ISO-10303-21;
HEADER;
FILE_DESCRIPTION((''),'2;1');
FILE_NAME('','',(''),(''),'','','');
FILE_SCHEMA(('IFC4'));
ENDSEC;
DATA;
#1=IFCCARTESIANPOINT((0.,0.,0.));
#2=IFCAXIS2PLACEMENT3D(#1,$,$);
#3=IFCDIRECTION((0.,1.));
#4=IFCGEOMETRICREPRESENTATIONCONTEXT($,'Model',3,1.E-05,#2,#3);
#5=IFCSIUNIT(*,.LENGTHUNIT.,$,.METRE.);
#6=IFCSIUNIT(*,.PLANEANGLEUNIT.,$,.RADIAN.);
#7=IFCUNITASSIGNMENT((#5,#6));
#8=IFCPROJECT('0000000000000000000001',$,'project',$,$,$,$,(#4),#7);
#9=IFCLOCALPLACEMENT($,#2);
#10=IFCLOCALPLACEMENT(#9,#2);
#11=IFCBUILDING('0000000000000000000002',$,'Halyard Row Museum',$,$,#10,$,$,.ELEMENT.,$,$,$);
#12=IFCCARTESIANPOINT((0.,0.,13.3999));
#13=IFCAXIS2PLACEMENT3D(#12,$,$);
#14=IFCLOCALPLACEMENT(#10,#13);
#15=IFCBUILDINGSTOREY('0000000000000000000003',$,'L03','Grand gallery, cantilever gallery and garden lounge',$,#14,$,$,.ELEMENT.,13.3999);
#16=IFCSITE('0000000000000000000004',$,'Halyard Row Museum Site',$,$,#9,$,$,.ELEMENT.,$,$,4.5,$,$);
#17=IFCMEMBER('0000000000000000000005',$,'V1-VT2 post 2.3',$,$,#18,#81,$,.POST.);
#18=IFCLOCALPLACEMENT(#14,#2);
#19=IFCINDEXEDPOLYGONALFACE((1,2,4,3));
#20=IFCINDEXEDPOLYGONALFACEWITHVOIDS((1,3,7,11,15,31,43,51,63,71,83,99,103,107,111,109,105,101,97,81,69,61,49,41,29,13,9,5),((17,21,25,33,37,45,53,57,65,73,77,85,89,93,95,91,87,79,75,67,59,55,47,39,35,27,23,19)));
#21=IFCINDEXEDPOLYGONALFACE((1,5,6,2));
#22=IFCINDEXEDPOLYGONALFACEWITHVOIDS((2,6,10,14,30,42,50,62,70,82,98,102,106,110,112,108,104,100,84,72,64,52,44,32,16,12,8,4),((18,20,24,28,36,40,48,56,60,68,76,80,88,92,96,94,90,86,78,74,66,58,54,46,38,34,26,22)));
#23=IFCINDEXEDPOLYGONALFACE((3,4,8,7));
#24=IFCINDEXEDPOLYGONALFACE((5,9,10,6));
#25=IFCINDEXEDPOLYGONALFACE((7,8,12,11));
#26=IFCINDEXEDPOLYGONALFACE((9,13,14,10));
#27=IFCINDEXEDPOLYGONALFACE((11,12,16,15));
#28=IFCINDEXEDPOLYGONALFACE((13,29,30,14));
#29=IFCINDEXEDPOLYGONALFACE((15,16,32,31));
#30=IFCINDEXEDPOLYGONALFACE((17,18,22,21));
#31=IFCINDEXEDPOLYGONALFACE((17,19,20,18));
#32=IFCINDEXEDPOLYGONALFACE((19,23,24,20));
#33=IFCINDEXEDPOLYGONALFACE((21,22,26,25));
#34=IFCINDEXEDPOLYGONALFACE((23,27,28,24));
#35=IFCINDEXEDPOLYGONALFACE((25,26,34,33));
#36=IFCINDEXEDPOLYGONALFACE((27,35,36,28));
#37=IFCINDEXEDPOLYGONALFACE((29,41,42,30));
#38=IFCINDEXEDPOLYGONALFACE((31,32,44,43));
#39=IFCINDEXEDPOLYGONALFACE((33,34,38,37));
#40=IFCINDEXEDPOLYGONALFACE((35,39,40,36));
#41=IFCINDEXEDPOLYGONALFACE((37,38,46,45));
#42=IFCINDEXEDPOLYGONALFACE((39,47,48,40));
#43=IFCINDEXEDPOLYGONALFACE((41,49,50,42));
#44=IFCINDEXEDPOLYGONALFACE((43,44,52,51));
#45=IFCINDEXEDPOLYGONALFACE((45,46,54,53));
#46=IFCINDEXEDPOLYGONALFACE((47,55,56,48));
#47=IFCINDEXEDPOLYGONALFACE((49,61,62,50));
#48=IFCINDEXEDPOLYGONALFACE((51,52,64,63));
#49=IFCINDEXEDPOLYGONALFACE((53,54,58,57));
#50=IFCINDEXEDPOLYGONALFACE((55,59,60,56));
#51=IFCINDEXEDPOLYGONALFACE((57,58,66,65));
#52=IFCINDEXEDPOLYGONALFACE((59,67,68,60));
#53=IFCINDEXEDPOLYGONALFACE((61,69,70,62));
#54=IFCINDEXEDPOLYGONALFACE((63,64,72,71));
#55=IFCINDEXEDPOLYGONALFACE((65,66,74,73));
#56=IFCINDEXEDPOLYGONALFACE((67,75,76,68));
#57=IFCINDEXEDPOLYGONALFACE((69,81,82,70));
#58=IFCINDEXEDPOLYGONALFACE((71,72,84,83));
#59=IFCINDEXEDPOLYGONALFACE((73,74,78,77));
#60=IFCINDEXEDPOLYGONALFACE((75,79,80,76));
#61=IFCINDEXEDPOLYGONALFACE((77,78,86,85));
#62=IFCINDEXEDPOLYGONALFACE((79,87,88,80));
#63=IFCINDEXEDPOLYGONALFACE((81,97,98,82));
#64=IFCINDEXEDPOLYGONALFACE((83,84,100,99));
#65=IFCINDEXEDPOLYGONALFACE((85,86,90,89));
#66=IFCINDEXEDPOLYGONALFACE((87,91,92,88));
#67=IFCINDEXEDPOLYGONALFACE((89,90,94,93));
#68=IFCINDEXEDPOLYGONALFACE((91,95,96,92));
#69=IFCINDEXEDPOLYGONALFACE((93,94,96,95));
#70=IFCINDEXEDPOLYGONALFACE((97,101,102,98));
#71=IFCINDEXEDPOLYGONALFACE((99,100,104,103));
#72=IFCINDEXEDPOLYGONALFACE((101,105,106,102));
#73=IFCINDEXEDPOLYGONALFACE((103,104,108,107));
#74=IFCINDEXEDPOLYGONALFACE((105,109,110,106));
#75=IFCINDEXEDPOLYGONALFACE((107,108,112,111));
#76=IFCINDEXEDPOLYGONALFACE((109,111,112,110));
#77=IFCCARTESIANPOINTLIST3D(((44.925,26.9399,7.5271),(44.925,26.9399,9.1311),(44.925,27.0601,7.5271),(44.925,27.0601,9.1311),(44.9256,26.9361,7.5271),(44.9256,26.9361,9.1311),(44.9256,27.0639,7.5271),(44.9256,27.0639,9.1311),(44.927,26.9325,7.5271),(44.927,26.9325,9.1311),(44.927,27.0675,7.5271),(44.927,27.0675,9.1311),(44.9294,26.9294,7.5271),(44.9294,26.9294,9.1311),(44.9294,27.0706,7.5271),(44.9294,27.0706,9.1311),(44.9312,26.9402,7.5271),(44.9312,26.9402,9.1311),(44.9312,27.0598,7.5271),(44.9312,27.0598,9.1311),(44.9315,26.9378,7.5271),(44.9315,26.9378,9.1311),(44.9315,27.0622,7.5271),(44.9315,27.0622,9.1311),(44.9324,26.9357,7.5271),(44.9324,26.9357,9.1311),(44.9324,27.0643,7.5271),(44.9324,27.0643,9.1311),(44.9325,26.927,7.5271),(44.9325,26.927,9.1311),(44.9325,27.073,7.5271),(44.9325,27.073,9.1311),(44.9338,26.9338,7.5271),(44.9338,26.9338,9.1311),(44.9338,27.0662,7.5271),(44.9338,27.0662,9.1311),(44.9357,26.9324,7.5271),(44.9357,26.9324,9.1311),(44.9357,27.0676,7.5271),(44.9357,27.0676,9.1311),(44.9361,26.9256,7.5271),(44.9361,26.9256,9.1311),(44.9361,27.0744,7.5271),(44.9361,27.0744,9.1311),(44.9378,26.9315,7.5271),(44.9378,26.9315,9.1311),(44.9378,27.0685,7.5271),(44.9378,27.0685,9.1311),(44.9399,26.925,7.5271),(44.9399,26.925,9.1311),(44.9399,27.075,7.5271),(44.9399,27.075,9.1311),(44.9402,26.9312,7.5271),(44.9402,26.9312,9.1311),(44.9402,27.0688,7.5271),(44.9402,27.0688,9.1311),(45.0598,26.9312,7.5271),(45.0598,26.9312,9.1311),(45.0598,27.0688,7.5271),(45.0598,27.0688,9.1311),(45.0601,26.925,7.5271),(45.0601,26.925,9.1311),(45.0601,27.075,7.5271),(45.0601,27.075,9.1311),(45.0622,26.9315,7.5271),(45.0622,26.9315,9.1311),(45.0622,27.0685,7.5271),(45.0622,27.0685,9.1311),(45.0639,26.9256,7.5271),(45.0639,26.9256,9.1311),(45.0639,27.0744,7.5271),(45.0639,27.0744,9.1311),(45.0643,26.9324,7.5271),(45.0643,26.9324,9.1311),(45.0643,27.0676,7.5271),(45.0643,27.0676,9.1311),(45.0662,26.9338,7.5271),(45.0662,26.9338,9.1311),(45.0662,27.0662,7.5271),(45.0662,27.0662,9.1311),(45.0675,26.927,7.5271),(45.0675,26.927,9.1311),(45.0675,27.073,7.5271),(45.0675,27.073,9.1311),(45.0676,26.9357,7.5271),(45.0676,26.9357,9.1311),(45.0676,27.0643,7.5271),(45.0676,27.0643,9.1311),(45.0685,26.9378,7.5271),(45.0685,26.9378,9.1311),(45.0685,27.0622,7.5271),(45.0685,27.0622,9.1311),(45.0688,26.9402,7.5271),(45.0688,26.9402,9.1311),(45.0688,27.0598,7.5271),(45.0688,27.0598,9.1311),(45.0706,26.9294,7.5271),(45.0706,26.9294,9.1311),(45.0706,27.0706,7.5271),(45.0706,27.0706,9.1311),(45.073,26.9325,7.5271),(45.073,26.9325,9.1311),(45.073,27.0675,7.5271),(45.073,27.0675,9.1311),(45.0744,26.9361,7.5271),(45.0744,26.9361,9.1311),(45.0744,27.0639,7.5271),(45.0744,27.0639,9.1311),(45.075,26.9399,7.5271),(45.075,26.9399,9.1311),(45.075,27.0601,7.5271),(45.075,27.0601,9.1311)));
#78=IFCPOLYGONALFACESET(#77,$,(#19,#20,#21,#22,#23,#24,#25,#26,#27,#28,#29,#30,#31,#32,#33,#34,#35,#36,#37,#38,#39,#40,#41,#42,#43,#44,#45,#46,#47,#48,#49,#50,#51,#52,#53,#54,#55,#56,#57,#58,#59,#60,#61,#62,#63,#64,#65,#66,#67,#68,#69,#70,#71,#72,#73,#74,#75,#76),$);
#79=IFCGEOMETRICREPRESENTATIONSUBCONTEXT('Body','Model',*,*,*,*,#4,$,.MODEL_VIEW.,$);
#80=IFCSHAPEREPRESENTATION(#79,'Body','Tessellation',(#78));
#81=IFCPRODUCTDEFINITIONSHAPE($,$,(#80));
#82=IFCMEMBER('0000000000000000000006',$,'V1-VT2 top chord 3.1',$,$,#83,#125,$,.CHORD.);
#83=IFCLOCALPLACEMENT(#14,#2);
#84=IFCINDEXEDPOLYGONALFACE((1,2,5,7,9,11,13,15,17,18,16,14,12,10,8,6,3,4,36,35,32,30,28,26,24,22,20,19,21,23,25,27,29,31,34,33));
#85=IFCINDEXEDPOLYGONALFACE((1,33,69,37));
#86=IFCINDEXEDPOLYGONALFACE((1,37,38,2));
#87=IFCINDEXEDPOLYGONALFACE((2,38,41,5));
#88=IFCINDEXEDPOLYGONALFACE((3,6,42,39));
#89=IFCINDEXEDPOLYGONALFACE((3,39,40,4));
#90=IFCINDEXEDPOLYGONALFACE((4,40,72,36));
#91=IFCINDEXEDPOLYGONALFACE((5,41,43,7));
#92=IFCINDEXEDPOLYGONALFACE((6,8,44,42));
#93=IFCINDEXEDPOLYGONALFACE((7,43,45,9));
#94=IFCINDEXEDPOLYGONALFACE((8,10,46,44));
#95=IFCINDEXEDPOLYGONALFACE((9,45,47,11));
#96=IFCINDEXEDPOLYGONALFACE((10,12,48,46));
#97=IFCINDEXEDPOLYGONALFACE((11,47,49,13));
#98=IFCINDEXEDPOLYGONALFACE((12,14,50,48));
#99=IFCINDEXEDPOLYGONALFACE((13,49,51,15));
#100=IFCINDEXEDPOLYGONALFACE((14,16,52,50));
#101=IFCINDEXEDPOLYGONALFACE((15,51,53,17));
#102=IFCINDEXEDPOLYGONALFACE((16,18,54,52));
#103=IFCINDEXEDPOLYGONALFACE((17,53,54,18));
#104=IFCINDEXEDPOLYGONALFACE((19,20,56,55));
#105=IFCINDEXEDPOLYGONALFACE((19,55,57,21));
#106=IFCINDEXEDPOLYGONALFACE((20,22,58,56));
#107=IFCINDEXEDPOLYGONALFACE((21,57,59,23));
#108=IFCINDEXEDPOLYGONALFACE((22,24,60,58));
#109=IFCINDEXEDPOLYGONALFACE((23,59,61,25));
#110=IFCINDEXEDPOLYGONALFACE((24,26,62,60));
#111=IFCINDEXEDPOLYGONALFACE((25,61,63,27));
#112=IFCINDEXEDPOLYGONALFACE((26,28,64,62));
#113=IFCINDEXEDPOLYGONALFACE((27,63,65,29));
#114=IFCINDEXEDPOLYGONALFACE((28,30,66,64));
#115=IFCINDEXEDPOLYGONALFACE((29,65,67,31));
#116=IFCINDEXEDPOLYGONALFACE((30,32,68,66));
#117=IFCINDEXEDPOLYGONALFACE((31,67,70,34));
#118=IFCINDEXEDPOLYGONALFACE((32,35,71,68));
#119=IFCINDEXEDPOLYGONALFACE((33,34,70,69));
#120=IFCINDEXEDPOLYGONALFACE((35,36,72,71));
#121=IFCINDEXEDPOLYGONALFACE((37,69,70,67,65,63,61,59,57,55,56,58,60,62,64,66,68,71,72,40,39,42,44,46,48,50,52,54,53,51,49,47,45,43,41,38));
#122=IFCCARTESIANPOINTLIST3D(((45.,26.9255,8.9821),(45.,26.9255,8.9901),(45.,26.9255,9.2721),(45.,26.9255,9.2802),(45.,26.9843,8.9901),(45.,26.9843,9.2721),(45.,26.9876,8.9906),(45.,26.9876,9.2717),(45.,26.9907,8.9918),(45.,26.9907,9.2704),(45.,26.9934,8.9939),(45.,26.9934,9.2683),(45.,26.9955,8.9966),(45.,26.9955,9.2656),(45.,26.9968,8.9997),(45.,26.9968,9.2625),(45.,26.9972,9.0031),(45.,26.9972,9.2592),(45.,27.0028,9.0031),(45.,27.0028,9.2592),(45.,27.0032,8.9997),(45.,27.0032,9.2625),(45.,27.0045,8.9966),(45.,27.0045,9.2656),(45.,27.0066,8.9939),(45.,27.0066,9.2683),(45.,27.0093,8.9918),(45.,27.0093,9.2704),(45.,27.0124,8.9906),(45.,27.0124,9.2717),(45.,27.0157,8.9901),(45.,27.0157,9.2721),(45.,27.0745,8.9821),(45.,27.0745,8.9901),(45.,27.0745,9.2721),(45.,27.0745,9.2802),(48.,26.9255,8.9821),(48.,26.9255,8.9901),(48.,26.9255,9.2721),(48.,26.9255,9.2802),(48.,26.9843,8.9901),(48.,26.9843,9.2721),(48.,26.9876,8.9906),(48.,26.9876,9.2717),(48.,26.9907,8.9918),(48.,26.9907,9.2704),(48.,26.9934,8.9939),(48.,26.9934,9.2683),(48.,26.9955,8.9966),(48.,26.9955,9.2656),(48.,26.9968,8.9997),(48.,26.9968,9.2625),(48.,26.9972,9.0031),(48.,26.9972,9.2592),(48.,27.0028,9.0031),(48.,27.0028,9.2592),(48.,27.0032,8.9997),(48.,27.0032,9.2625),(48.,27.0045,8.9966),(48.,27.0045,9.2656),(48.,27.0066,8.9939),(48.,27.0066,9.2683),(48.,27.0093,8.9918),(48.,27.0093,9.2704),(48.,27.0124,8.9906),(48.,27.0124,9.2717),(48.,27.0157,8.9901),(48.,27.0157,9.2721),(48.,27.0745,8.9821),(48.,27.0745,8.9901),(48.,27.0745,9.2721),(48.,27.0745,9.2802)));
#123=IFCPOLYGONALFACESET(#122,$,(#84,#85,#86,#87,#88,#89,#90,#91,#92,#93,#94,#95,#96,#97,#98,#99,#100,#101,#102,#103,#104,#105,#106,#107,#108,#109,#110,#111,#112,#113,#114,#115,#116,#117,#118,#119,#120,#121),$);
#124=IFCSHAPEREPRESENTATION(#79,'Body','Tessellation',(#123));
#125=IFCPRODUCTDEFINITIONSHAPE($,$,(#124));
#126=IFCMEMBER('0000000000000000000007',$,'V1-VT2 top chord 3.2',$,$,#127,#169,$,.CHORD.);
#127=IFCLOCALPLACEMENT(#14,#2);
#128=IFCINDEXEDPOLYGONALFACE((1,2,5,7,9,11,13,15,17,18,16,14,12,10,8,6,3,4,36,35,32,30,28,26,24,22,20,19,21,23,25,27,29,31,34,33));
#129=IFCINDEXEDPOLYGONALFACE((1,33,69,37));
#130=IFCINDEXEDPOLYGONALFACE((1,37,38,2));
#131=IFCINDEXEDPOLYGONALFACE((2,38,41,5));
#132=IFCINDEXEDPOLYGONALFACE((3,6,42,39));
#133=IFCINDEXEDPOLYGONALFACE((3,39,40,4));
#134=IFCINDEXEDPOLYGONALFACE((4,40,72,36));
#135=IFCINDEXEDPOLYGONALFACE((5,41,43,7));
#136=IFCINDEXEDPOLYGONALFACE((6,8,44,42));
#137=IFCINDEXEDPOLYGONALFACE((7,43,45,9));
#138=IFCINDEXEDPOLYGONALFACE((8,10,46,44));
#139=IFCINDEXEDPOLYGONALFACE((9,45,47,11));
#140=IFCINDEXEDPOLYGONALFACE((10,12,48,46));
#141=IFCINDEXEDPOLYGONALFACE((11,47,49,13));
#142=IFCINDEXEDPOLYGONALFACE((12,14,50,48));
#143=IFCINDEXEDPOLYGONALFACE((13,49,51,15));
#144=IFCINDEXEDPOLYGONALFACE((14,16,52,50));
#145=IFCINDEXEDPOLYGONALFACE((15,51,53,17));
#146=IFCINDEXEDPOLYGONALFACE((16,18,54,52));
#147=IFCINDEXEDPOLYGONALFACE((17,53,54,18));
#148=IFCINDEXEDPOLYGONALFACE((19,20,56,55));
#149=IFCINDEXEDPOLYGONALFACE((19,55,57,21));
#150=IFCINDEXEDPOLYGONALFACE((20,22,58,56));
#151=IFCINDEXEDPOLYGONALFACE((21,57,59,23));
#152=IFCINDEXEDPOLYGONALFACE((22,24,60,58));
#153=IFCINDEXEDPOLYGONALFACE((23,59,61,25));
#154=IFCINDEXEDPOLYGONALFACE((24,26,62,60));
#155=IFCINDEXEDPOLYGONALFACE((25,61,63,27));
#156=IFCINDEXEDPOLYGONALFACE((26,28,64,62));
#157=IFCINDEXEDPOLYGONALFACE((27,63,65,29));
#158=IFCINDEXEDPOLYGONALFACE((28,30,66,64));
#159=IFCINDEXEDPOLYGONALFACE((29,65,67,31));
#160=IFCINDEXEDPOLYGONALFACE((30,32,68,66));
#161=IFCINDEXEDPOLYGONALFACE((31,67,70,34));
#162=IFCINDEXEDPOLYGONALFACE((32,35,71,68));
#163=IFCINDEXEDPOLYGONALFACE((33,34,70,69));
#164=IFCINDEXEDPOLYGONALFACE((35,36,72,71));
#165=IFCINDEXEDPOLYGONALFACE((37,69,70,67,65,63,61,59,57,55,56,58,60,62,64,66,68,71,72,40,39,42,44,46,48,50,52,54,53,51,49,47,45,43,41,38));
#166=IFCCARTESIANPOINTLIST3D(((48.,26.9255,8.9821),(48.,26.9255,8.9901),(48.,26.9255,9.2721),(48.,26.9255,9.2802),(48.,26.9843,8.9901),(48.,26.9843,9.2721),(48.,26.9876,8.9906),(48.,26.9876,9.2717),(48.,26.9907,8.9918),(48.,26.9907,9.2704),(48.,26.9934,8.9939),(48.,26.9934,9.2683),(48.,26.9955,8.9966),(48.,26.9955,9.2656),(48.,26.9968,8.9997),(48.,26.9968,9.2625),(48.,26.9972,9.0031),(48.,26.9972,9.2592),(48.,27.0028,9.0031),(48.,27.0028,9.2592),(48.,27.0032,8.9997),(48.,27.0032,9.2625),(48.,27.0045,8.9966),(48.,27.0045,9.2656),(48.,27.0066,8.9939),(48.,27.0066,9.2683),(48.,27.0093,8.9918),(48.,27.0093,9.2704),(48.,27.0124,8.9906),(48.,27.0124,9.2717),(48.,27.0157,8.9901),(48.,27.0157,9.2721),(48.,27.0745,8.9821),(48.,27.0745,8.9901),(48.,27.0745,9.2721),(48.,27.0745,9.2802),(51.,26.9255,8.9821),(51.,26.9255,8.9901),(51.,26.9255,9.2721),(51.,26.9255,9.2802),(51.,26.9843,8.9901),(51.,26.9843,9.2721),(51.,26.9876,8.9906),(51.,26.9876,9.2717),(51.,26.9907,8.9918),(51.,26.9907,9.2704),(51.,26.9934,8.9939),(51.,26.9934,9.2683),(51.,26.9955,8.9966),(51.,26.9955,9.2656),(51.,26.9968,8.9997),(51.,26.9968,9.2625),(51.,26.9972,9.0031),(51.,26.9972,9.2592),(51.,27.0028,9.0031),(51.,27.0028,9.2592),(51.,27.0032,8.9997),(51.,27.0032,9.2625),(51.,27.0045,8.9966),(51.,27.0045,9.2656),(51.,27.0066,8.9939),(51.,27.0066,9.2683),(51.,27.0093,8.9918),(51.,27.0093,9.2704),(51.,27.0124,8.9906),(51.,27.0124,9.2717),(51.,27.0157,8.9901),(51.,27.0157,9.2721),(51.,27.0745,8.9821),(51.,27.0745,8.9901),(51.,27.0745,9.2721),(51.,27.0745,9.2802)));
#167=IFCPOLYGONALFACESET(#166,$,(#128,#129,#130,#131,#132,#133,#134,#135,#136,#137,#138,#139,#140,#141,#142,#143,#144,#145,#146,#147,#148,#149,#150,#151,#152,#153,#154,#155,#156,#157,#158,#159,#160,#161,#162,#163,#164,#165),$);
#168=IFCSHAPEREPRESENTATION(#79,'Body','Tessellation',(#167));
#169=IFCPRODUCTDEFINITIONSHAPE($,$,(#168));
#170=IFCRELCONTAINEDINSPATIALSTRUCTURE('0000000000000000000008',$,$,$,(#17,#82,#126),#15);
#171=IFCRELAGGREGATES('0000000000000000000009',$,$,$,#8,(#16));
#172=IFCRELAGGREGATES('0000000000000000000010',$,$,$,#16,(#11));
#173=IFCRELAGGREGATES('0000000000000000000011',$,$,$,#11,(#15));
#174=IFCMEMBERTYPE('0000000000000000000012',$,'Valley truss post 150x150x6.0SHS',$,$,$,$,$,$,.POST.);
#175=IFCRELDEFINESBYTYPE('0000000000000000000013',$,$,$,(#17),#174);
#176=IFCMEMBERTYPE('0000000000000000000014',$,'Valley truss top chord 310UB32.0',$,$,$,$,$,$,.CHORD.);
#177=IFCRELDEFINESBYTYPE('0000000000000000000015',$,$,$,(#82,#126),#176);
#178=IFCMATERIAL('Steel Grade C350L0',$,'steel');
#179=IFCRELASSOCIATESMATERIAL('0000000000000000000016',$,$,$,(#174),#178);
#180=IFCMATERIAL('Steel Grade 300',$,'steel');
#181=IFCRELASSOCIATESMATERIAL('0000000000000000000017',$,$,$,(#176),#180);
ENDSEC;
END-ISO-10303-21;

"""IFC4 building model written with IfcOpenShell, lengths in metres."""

from ifc_helpers import new_model, si_unit, direction, frame, origin, origin_2d, place, context, subcontext, project, spatial, hollow_rectangle, i_section, extrude, material, material_profile, profile_set, type_object, element, save


model = new_model("IFC4")

# Units and contexts
model_context = context("Model", 3, precision=1e-05, world=origin(), true_north=direction((0.0, 1.0)))
body_context = subcontext(model_context, "Body", "Model", "MODEL_VIEW")
ifc_project = project(units=[si_unit("LENGTHUNIT", "METRE"), si_unit("PLANEANGLEUNIT", "RADIAN")], contexts=[model_context])

# Site, building, storey
site_placement = place(None, origin())
site = spatial("IfcSite", under=ifc_project, at=site_placement, Name="Halyard Row Museum Site", CompositionType="ELEMENT", RefElevation=4.5)
building_placement = place(site_placement, origin())
building = spatial("IfcBuilding", under=site, at=building_placement, Name="Halyard Row Museum", CompositionType="ELEMENT")
storey_placement = place(building_placement, frame((0.0, 0.0, 13.3999)))
storey = spatial("IfcBuildingStorey", under=building, at=storey_placement, Name="L03", Description="Grand gallery, cantilever gallery and garden lounge", CompositionType="ELEMENT", Elevation=13.3999)

# Members
ifc_material_1 = material(Name="Steel Grade C350L0", Category="steel")
ifc_material_profile_1 = material_profile(ifc_material_1, hollow_rectangle(XDim=0.1499, YDim=0.1499, WallThickness=0.0061, InnerFilletRadius=0.009, OuterFilletRadius=0.0149, at=origin_2d()), Name="150x150x6.0SHS")
ifc_profile_set_1 = profile_set([ifc_material_profile_1], Name="Steel Grade C350L0")
member_type_1 = type_object("IfcMemberType", Name="Valley truss post 150x150x6.0SHS", PredefinedType="POST", material=ifc_profile_set_1)
member_1_placement = place(storey_placement, frame((45.0, 27.0, 7.5271), z_axis=(0.0, 0.0, 1.0), x_axis=(1.0, 0.0, 0.0)))
element("IfcMember", 1, at=member_1_placement, inside=storey, type_object=member_type_1, Name="V1-VT2 post 2.3", PredefinedType="POST", context=body_context, shape_type="SweptSolid", body=[
    extrude(hollow_rectangle(XDim=0.1499, YDim=0.1499, WallThickness=0.0061, InnerFilletRadius=0.009, OuterFilletRadius=0.0149, at=origin_2d()), origin(), (0.0, 0.0, 1.0), 1.604),
])
ifc_material_2 = material(Name="Steel Grade 300", Category="steel")
ifc_material_profile_2 = material_profile(ifc_material_2, i_section(OverallWidth=0.1489, OverallDepth=0.2981, WebThickness=0.0056, FlangeThickness=0.0081, FilletRadius=0.0129, at=origin_2d()), Name="310UB32.0")
ifc_profile_set_2 = profile_set([ifc_material_profile_2], Name="Steel Grade 300")
member_type_2 = type_object("IfcMemberType", Name="Valley truss top chord 310UB32.0", PredefinedType="CHORD", material=ifc_profile_set_2)
for number, where, z_axis, x_axis, name in (
    (2, (45.0, 27.0, 9.1311), (1.0, 0.0, 0.0), (0.0, 1.0, 0.0), "V1-VT2 top chord 3.1"),
    (3, (48.0, 27.0, 9.1311), (1.0, 0.0, 0.0), (0.0, 1.0, 0.0), "V1-VT2 top chord 3.2"),
):
    element("IfcMember", number, at=place(storey_placement, frame(where, z_axis=z_axis, x_axis=x_axis)), inside=storey, type_object=member_type_2, Name=name, PredefinedType="CHORD", context=body_context, shape_type="SweptSolid", body=[
        extrude(i_section(OverallWidth=0.1489, OverallDepth=0.2981, WebThickness=0.0056, FlangeThickness=0.0081, FilletRadius=0.0129, at=origin_2d()), origin(), (0.0, 0.0, 1.0), 3.0),
    ])

save(model, "model.ifc")
